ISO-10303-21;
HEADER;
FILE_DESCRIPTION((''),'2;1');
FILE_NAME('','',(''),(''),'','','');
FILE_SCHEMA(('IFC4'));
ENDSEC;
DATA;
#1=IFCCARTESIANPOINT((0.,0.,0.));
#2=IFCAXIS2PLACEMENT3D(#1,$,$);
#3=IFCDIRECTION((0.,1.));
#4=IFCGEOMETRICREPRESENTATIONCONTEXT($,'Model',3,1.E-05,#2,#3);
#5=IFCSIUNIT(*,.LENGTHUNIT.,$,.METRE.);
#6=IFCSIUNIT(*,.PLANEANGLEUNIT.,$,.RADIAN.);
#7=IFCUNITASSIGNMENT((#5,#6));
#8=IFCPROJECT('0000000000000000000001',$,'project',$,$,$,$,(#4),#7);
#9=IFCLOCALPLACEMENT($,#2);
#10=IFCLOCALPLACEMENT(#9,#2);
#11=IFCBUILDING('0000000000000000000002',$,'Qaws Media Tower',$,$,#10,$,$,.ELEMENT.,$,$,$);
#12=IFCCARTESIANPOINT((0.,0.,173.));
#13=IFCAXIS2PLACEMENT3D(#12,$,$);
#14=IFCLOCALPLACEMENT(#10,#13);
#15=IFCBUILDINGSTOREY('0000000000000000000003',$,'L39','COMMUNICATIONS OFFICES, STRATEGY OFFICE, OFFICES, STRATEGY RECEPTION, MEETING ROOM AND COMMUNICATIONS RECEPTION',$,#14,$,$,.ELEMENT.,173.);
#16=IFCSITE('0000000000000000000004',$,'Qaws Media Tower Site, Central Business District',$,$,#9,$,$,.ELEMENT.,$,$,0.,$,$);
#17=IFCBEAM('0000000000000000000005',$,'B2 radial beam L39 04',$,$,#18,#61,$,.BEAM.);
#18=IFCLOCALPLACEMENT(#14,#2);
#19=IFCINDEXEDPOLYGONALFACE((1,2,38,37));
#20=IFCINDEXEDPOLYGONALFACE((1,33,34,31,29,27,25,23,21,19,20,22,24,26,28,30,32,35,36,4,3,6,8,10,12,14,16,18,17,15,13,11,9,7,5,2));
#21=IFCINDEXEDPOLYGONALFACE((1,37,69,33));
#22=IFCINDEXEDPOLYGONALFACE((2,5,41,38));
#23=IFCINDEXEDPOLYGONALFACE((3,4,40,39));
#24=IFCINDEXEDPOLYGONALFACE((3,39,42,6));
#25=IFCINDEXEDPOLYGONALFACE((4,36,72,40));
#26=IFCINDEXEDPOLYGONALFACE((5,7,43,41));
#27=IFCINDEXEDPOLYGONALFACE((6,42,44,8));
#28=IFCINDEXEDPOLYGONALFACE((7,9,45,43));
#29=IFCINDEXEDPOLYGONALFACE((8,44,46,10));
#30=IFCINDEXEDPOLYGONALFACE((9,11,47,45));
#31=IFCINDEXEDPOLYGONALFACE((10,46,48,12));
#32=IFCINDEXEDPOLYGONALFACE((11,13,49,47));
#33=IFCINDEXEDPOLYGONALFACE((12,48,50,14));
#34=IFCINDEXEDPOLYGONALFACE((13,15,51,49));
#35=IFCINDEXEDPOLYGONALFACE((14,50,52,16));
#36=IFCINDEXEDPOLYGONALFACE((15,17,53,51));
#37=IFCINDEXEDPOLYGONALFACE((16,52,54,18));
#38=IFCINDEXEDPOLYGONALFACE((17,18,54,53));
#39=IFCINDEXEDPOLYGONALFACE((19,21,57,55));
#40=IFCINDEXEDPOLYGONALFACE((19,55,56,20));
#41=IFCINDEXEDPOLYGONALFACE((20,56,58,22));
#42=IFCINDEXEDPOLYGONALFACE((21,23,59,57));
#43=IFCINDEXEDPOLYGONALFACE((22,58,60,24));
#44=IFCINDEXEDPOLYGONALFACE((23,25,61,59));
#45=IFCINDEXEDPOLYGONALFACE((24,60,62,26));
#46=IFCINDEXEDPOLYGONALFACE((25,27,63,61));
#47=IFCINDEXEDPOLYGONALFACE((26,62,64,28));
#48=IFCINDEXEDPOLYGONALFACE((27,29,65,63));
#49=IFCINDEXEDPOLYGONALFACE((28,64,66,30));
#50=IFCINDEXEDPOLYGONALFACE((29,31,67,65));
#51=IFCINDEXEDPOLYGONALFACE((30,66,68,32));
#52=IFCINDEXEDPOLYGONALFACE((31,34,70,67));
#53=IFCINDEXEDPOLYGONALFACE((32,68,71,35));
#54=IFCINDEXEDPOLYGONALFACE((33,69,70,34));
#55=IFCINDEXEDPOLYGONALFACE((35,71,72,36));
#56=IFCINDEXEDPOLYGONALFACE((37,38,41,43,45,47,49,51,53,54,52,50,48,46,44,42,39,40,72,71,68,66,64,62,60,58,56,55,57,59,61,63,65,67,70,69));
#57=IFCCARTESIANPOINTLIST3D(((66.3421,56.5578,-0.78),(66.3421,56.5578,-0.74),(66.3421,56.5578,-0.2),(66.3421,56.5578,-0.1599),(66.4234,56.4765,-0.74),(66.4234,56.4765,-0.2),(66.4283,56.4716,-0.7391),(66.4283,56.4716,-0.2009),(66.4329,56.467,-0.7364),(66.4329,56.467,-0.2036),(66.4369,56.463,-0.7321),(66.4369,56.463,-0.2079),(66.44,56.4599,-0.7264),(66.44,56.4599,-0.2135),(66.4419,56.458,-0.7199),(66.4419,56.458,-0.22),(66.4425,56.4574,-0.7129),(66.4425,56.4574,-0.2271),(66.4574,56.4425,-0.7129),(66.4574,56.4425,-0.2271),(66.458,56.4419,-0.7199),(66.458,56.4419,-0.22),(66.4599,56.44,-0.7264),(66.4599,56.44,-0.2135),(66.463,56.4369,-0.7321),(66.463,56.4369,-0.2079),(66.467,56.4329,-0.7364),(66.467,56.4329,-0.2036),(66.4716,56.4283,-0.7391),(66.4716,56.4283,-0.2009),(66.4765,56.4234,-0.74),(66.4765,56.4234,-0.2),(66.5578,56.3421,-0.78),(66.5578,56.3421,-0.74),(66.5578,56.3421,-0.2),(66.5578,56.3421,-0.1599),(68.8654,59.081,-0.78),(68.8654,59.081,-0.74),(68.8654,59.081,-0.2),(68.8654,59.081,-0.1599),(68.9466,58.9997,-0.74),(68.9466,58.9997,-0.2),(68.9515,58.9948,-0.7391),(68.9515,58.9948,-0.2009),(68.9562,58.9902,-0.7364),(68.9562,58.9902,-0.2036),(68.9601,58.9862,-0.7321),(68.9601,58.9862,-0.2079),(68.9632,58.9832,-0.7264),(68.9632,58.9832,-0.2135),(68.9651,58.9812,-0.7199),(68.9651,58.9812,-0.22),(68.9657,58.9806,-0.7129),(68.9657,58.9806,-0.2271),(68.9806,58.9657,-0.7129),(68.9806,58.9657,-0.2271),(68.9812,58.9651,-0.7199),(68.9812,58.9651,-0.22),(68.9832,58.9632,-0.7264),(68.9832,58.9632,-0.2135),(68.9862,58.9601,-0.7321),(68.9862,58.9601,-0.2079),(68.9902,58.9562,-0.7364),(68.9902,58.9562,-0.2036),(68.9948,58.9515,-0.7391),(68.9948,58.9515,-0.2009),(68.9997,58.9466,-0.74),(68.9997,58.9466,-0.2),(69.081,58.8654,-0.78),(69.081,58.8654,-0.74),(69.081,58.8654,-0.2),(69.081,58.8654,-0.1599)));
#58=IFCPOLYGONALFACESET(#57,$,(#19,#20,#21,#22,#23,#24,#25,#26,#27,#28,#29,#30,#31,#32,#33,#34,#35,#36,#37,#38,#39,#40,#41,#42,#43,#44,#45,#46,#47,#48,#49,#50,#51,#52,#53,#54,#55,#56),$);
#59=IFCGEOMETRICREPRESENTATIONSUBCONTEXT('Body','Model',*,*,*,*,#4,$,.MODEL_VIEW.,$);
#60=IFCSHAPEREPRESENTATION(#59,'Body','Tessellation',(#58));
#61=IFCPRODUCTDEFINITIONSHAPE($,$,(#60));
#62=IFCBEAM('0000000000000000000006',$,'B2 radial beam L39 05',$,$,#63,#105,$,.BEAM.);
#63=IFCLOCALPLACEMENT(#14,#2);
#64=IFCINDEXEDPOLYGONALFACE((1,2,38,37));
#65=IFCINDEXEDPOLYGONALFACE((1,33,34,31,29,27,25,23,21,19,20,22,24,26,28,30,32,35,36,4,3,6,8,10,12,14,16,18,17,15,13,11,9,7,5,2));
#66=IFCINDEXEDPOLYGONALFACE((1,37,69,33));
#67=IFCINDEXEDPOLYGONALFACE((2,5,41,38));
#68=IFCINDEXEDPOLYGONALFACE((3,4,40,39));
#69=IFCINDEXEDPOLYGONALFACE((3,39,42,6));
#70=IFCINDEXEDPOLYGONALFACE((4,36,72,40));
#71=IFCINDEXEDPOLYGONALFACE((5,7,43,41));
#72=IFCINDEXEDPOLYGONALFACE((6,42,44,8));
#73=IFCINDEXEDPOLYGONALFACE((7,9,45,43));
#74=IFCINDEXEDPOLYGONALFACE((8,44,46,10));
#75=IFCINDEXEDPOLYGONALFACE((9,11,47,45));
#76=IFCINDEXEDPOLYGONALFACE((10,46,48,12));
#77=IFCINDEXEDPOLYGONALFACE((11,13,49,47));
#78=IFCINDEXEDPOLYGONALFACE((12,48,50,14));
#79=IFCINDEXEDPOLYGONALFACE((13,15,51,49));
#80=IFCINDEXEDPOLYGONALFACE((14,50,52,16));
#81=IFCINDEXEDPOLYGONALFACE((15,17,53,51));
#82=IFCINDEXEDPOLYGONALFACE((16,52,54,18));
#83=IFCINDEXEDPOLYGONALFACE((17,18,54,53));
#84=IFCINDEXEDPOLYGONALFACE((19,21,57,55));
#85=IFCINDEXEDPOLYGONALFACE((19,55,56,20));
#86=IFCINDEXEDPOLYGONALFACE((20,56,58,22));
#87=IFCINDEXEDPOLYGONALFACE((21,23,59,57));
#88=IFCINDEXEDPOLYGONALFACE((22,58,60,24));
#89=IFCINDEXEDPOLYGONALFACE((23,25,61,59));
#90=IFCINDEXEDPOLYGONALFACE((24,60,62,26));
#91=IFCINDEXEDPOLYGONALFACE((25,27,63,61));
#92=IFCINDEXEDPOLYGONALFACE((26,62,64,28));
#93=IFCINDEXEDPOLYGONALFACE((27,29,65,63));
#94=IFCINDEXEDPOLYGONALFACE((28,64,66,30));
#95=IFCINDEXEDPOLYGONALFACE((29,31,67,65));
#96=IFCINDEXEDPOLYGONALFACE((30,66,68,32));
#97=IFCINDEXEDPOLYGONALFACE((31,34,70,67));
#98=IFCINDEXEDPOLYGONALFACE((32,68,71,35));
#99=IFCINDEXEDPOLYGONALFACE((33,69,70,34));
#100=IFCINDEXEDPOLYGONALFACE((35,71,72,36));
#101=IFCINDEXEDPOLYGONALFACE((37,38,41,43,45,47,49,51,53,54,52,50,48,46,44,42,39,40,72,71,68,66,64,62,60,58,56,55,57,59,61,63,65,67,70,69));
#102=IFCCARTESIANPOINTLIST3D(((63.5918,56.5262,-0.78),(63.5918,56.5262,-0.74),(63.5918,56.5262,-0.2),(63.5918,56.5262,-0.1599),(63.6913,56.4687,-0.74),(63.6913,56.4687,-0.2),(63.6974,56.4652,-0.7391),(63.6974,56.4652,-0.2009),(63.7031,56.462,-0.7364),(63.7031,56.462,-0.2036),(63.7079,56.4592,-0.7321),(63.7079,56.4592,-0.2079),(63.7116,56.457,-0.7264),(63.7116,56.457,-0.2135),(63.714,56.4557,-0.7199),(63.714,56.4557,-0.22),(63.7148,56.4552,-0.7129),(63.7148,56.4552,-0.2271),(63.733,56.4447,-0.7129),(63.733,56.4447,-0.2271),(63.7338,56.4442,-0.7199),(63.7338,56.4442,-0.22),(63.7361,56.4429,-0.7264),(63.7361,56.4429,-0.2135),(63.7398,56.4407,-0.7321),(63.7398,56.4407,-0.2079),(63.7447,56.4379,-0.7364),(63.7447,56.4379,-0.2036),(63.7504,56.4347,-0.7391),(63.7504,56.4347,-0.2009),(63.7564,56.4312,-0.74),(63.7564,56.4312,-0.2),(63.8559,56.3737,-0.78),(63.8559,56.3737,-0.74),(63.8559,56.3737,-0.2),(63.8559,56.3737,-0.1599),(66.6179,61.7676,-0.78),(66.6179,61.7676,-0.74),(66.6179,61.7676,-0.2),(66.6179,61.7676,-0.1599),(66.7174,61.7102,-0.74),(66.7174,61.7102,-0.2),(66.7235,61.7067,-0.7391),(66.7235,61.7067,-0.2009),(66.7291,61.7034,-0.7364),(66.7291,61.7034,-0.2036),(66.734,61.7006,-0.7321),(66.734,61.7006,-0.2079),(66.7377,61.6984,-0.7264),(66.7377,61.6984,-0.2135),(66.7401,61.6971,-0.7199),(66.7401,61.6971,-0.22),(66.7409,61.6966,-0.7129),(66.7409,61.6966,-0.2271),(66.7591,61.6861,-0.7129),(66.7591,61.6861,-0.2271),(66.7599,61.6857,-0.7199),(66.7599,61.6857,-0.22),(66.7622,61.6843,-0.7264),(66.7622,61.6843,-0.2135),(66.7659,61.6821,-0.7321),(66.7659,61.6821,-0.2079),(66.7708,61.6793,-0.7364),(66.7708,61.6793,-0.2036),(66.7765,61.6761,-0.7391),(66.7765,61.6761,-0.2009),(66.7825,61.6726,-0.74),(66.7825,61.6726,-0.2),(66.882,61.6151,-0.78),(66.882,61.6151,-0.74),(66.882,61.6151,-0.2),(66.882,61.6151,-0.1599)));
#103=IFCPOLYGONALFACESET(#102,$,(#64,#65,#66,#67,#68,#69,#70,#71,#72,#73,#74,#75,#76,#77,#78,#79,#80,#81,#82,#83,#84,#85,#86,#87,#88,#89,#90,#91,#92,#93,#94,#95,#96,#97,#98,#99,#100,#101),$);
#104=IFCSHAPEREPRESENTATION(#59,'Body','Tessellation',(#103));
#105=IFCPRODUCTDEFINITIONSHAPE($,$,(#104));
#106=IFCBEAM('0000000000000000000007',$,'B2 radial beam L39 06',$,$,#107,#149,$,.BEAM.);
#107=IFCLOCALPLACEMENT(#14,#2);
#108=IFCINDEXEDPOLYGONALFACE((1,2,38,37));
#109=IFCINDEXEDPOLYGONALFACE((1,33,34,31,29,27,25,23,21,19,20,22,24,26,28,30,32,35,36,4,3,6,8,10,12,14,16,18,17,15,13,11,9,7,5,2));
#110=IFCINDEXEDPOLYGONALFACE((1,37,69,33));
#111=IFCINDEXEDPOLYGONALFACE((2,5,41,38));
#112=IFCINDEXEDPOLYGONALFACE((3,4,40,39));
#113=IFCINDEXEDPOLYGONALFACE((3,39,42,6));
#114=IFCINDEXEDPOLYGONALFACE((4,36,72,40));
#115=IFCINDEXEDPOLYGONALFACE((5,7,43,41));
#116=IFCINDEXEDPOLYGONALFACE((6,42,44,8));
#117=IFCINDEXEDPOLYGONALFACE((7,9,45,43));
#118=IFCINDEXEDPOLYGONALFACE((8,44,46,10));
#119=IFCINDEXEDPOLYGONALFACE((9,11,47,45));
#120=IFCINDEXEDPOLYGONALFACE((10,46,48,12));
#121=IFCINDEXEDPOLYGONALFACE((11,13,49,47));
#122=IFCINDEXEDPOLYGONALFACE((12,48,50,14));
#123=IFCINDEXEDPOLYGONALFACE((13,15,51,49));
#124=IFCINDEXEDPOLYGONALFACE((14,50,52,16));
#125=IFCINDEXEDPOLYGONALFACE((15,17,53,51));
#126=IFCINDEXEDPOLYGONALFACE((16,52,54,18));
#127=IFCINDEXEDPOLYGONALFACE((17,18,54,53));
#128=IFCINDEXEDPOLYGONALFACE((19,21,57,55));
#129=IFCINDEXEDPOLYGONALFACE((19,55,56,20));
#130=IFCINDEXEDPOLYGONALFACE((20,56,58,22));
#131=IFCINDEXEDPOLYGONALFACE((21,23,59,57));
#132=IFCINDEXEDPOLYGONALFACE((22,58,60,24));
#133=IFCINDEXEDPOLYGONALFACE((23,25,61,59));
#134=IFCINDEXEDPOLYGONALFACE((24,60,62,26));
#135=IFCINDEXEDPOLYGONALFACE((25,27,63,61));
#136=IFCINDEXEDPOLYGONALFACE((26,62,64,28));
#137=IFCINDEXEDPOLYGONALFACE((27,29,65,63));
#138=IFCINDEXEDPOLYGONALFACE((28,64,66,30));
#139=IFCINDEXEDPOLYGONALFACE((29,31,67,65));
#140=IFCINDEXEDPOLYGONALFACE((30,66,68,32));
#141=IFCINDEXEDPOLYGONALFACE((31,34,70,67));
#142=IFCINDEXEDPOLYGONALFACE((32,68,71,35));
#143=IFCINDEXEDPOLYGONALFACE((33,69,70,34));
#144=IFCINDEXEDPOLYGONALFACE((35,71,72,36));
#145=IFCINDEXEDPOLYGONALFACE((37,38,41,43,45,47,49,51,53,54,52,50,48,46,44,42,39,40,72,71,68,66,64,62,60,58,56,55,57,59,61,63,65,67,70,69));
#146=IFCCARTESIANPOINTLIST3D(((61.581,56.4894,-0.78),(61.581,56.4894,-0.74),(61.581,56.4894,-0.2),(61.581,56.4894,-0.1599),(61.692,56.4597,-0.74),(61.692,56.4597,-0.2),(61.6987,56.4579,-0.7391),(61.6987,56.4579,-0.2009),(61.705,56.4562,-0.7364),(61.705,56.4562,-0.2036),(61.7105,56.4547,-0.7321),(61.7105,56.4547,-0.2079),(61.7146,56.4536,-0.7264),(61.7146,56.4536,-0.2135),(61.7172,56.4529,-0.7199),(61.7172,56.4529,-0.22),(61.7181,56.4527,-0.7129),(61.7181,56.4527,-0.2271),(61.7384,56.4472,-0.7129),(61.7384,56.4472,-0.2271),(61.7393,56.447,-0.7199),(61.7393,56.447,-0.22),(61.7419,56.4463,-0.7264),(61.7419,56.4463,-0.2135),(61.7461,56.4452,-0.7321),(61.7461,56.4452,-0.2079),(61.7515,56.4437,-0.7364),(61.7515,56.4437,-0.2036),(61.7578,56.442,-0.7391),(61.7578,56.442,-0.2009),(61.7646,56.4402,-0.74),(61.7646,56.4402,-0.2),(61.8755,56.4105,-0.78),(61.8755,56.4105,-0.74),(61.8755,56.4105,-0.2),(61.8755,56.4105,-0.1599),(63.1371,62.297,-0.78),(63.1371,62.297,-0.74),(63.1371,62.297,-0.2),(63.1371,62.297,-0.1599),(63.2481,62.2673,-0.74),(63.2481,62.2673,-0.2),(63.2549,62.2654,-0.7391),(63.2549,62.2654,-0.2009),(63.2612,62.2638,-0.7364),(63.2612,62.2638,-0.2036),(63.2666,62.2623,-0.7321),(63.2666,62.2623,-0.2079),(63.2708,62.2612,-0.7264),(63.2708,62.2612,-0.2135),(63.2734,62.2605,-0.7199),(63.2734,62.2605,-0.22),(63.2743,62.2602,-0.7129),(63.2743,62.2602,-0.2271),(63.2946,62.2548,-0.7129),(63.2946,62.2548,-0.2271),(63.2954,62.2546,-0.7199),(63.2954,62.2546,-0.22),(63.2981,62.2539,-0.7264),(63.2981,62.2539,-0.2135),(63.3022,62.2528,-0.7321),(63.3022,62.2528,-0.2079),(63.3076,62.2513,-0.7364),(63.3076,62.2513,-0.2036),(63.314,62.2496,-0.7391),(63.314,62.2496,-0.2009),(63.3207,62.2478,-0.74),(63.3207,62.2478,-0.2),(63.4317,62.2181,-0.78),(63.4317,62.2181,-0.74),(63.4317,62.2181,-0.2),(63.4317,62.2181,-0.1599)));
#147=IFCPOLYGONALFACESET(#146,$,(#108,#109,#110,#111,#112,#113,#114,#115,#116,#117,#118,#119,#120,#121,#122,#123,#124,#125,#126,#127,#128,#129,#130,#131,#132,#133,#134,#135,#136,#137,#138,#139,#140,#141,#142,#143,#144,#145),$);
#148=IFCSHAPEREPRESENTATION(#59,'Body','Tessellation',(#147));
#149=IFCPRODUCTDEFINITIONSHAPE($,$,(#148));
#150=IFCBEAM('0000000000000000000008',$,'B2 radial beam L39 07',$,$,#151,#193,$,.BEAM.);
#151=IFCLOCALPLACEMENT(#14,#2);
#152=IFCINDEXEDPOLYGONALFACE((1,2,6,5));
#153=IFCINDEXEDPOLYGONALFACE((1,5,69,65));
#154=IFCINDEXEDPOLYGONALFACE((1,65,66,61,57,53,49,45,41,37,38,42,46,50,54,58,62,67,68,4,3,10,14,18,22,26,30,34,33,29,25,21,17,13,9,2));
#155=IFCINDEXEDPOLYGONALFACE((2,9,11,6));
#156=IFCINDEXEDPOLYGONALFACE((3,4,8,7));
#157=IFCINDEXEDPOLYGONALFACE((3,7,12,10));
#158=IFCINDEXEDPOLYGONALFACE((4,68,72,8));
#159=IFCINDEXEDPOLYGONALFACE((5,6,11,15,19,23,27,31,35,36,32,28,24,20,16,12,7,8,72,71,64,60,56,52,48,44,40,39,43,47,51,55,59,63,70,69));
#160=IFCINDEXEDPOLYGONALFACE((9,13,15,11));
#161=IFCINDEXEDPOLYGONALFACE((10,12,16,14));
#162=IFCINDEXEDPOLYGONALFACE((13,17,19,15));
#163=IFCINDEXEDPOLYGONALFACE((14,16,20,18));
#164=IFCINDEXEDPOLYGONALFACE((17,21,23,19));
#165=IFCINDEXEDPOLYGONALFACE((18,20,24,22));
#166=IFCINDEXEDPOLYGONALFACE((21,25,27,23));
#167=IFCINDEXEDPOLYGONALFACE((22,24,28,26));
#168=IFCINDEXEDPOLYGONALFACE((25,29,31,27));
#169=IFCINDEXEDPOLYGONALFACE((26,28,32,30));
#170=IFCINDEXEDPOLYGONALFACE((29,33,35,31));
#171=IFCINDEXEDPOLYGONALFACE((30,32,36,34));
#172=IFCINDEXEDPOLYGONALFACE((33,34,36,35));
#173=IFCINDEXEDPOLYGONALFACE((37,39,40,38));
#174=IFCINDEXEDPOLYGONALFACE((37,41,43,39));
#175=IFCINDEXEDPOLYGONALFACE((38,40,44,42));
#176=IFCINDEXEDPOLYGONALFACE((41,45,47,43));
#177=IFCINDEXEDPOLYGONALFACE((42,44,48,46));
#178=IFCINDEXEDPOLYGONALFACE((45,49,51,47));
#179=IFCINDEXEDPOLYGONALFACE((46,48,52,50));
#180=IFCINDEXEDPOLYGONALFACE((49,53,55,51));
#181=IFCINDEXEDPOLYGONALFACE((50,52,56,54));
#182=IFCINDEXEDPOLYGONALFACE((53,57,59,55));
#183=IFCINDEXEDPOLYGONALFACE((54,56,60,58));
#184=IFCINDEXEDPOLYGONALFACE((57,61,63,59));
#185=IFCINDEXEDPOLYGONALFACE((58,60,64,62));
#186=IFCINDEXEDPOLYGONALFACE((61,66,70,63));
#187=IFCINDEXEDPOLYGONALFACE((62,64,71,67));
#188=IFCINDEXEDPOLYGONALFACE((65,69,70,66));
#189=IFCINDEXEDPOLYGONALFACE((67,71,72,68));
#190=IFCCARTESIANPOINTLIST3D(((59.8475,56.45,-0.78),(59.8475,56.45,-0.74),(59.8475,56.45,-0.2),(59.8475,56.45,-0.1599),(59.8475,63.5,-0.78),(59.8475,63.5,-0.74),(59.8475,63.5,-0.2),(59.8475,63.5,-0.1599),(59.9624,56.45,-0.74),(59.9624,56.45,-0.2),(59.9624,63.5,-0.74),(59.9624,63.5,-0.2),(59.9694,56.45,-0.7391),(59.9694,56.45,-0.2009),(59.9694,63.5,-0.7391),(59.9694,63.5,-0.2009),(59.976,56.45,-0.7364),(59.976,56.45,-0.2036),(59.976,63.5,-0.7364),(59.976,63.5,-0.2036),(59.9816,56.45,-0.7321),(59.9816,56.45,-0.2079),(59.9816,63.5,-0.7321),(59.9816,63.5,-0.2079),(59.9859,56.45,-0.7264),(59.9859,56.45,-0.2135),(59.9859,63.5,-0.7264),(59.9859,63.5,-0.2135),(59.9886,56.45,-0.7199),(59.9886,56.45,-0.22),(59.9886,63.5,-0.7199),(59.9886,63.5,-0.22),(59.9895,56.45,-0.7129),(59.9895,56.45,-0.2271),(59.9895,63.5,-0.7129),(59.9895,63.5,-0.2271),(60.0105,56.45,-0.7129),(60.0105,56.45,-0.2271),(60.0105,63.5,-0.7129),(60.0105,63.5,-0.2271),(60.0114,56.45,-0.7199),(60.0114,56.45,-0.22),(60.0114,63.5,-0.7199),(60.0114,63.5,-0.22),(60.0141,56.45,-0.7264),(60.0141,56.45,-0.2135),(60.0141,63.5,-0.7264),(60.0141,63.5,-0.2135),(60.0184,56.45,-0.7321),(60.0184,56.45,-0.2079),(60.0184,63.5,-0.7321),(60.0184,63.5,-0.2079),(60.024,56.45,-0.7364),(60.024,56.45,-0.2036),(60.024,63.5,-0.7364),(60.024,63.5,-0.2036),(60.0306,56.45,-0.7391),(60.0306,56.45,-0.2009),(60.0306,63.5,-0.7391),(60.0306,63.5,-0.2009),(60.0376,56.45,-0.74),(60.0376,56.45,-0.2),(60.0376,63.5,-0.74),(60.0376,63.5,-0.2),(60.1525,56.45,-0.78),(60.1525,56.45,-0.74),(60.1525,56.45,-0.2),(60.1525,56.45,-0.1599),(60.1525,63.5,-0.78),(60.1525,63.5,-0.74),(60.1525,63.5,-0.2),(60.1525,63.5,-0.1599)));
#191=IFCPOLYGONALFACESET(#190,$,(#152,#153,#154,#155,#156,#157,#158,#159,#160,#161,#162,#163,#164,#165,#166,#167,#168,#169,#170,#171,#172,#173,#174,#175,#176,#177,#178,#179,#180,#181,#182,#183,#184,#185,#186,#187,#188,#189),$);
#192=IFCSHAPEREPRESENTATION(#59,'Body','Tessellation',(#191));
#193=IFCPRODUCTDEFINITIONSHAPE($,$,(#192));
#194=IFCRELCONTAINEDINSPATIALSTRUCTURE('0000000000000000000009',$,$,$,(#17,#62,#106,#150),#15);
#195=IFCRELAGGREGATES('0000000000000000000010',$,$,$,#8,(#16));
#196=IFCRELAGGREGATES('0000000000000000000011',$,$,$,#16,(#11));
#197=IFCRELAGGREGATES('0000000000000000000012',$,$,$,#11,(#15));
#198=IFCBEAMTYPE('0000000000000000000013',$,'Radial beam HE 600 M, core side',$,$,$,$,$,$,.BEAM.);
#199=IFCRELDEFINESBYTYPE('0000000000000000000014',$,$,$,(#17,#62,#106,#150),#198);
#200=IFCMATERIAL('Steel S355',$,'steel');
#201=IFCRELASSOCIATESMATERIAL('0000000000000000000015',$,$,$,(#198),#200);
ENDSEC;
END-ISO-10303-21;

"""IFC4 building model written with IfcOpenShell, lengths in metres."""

from ifc_helpers import new_model, si_unit, direction, frame, origin, origin_2d, place, context, subcontext, project, spatial, i_section, extrude, material, material_profile, profile_set, type_object, element, save


model = new_model("IFC4")

# Units and contexts
model_context = context("Model", 3, precision=1e-05, world=origin(), true_north=direction((0.0, 1.0)))
body_context = subcontext(model_context, "Body", "Model", "MODEL_VIEW")
ifc_project = project(units=[si_unit("LENGTHUNIT", "METRE"), si_unit("PLANEANGLEUNIT", "RADIAN")], contexts=[model_context])

# Site, building, storey
site_placement = place(None, origin())
site = spatial("IfcSite", under=ifc_project, at=site_placement, Name="Qaws Media Tower Site, Central Business District", CompositionType="ELEMENT", RefElevation=0.0)
building_placement = place(site_placement, origin())
building = spatial("IfcBuilding", under=site, at=building_placement, Name="Qaws Media Tower", CompositionType="ELEMENT")
storey_placement = place(building_placement, frame((0.0, 0.0, 173.0)))
storey = spatial("IfcBuildingStorey", under=building, at=storey_placement, Name="L39", Description="COMMUNICATIONS OFFICES, STRATEGY OFFICE, OFFICES, STRATEGY RECEPTION, MEETING ROOM AND COMMUNICATIONS RECEPTION", CompositionType="ELEMENT", Elevation=173.0)

# Beams
ifc_material_1 = material(Name="Steel S355", Category="steel")
ifc_material_profile = material_profile(ifc_material_1, i_section(OverallWidth=0.3049, OverallDepth=0.6201, WebThickness=0.021, FlangeThickness=0.04, FilletRadius=0.0271, at=origin_2d()), Name="HE 600 M")
ifc_profile_set = profile_set([ifc_material_profile], Name="Steel S355")
beam_type = type_object("IfcBeamType", Name="Radial beam HE 600 M, core side", PredefinedType="BEAM", material=ifc_profile_set)
beam_1_placement = place(storey_placement, frame((66.45, 56.45, -0.47), z_axis=(0.707107, 0.707107, 0.0), x_axis=(-0.707107, 0.707107, 0.0)))
element("IfcBeam", 1, at=beam_1_placement, inside=storey, type_object=beam_type, Name="B2 radial beam L39 04", PredefinedType="BEAM", context=body_context, shape_type="SweptSolid", body=[
    extrude(i_section(OverallWidth=0.3049, OverallDepth=0.6201, WebThickness=0.021, FlangeThickness=0.04, FilletRadius=0.0271, at=origin_2d()), origin(), (0.0, 0.0, 1.0), 3.5684),
])
beam_2_placement = place(storey_placement, frame((63.7239, 56.45, -0.47), z_axis=(0.499996, 0.866028, 0.0), x_axis=(-0.866028, 0.499996, 0.0)))
element("IfcBeam", 2, at=beam_2_placement, inside=storey, type_object=beam_type, Name="B2 radial beam L39 05", PredefinedType="BEAM", context=body_context, shape_type="SweptSolid", body=[
    extrude(i_section(OverallWidth=0.3049, OverallDepth=0.6201, WebThickness=0.021, FlangeThickness=0.04, FilletRadius=0.0271, at=origin_2d()), origin(), (0.0, 0.0, 1.0), 6.0522),
])
beam_3_placement = place(storey_placement, frame((61.7283, 56.45, -0.47), z_axis=(0.25882, 0.965926, 0.0), x_axis=(-0.965926, 0.25882, 0.0)))
element("IfcBeam", 3, at=beam_3_placement, inside=storey, type_object=beam_type, Name="B2 radial beam L39 06", PredefinedType="BEAM", context=body_context, shape_type="SweptSolid", body=[
    extrude(i_section(OverallWidth=0.3049, OverallDepth=0.6201, WebThickness=0.021, FlangeThickness=0.04, FilletRadius=0.0271, at=origin_2d()), origin(), (0.0, 0.0, 1.0), 6.0125),
])
beam_4_placement = place(storey_placement, frame((60.0, 56.45, -0.47), z_axis=(0.0, 1.0, 0.0), x_axis=(-1.0, 0.0, 0.0)))
element("IfcBeam", 4, at=beam_4_placement, inside=storey, type_object=beam_type, Name="B2 radial beam L39 07", PredefinedType="BEAM", context=body_context, shape_type="SweptSolid", body=[
    extrude(i_section(OverallWidth=0.3049, OverallDepth=0.6201, WebThickness=0.021, FlangeThickness=0.04, FilletRadius=0.0271, at=origin_2d()), origin(), (0.0, 0.0, 1.0), 7.05),
])

save(model, "model.ifc")
